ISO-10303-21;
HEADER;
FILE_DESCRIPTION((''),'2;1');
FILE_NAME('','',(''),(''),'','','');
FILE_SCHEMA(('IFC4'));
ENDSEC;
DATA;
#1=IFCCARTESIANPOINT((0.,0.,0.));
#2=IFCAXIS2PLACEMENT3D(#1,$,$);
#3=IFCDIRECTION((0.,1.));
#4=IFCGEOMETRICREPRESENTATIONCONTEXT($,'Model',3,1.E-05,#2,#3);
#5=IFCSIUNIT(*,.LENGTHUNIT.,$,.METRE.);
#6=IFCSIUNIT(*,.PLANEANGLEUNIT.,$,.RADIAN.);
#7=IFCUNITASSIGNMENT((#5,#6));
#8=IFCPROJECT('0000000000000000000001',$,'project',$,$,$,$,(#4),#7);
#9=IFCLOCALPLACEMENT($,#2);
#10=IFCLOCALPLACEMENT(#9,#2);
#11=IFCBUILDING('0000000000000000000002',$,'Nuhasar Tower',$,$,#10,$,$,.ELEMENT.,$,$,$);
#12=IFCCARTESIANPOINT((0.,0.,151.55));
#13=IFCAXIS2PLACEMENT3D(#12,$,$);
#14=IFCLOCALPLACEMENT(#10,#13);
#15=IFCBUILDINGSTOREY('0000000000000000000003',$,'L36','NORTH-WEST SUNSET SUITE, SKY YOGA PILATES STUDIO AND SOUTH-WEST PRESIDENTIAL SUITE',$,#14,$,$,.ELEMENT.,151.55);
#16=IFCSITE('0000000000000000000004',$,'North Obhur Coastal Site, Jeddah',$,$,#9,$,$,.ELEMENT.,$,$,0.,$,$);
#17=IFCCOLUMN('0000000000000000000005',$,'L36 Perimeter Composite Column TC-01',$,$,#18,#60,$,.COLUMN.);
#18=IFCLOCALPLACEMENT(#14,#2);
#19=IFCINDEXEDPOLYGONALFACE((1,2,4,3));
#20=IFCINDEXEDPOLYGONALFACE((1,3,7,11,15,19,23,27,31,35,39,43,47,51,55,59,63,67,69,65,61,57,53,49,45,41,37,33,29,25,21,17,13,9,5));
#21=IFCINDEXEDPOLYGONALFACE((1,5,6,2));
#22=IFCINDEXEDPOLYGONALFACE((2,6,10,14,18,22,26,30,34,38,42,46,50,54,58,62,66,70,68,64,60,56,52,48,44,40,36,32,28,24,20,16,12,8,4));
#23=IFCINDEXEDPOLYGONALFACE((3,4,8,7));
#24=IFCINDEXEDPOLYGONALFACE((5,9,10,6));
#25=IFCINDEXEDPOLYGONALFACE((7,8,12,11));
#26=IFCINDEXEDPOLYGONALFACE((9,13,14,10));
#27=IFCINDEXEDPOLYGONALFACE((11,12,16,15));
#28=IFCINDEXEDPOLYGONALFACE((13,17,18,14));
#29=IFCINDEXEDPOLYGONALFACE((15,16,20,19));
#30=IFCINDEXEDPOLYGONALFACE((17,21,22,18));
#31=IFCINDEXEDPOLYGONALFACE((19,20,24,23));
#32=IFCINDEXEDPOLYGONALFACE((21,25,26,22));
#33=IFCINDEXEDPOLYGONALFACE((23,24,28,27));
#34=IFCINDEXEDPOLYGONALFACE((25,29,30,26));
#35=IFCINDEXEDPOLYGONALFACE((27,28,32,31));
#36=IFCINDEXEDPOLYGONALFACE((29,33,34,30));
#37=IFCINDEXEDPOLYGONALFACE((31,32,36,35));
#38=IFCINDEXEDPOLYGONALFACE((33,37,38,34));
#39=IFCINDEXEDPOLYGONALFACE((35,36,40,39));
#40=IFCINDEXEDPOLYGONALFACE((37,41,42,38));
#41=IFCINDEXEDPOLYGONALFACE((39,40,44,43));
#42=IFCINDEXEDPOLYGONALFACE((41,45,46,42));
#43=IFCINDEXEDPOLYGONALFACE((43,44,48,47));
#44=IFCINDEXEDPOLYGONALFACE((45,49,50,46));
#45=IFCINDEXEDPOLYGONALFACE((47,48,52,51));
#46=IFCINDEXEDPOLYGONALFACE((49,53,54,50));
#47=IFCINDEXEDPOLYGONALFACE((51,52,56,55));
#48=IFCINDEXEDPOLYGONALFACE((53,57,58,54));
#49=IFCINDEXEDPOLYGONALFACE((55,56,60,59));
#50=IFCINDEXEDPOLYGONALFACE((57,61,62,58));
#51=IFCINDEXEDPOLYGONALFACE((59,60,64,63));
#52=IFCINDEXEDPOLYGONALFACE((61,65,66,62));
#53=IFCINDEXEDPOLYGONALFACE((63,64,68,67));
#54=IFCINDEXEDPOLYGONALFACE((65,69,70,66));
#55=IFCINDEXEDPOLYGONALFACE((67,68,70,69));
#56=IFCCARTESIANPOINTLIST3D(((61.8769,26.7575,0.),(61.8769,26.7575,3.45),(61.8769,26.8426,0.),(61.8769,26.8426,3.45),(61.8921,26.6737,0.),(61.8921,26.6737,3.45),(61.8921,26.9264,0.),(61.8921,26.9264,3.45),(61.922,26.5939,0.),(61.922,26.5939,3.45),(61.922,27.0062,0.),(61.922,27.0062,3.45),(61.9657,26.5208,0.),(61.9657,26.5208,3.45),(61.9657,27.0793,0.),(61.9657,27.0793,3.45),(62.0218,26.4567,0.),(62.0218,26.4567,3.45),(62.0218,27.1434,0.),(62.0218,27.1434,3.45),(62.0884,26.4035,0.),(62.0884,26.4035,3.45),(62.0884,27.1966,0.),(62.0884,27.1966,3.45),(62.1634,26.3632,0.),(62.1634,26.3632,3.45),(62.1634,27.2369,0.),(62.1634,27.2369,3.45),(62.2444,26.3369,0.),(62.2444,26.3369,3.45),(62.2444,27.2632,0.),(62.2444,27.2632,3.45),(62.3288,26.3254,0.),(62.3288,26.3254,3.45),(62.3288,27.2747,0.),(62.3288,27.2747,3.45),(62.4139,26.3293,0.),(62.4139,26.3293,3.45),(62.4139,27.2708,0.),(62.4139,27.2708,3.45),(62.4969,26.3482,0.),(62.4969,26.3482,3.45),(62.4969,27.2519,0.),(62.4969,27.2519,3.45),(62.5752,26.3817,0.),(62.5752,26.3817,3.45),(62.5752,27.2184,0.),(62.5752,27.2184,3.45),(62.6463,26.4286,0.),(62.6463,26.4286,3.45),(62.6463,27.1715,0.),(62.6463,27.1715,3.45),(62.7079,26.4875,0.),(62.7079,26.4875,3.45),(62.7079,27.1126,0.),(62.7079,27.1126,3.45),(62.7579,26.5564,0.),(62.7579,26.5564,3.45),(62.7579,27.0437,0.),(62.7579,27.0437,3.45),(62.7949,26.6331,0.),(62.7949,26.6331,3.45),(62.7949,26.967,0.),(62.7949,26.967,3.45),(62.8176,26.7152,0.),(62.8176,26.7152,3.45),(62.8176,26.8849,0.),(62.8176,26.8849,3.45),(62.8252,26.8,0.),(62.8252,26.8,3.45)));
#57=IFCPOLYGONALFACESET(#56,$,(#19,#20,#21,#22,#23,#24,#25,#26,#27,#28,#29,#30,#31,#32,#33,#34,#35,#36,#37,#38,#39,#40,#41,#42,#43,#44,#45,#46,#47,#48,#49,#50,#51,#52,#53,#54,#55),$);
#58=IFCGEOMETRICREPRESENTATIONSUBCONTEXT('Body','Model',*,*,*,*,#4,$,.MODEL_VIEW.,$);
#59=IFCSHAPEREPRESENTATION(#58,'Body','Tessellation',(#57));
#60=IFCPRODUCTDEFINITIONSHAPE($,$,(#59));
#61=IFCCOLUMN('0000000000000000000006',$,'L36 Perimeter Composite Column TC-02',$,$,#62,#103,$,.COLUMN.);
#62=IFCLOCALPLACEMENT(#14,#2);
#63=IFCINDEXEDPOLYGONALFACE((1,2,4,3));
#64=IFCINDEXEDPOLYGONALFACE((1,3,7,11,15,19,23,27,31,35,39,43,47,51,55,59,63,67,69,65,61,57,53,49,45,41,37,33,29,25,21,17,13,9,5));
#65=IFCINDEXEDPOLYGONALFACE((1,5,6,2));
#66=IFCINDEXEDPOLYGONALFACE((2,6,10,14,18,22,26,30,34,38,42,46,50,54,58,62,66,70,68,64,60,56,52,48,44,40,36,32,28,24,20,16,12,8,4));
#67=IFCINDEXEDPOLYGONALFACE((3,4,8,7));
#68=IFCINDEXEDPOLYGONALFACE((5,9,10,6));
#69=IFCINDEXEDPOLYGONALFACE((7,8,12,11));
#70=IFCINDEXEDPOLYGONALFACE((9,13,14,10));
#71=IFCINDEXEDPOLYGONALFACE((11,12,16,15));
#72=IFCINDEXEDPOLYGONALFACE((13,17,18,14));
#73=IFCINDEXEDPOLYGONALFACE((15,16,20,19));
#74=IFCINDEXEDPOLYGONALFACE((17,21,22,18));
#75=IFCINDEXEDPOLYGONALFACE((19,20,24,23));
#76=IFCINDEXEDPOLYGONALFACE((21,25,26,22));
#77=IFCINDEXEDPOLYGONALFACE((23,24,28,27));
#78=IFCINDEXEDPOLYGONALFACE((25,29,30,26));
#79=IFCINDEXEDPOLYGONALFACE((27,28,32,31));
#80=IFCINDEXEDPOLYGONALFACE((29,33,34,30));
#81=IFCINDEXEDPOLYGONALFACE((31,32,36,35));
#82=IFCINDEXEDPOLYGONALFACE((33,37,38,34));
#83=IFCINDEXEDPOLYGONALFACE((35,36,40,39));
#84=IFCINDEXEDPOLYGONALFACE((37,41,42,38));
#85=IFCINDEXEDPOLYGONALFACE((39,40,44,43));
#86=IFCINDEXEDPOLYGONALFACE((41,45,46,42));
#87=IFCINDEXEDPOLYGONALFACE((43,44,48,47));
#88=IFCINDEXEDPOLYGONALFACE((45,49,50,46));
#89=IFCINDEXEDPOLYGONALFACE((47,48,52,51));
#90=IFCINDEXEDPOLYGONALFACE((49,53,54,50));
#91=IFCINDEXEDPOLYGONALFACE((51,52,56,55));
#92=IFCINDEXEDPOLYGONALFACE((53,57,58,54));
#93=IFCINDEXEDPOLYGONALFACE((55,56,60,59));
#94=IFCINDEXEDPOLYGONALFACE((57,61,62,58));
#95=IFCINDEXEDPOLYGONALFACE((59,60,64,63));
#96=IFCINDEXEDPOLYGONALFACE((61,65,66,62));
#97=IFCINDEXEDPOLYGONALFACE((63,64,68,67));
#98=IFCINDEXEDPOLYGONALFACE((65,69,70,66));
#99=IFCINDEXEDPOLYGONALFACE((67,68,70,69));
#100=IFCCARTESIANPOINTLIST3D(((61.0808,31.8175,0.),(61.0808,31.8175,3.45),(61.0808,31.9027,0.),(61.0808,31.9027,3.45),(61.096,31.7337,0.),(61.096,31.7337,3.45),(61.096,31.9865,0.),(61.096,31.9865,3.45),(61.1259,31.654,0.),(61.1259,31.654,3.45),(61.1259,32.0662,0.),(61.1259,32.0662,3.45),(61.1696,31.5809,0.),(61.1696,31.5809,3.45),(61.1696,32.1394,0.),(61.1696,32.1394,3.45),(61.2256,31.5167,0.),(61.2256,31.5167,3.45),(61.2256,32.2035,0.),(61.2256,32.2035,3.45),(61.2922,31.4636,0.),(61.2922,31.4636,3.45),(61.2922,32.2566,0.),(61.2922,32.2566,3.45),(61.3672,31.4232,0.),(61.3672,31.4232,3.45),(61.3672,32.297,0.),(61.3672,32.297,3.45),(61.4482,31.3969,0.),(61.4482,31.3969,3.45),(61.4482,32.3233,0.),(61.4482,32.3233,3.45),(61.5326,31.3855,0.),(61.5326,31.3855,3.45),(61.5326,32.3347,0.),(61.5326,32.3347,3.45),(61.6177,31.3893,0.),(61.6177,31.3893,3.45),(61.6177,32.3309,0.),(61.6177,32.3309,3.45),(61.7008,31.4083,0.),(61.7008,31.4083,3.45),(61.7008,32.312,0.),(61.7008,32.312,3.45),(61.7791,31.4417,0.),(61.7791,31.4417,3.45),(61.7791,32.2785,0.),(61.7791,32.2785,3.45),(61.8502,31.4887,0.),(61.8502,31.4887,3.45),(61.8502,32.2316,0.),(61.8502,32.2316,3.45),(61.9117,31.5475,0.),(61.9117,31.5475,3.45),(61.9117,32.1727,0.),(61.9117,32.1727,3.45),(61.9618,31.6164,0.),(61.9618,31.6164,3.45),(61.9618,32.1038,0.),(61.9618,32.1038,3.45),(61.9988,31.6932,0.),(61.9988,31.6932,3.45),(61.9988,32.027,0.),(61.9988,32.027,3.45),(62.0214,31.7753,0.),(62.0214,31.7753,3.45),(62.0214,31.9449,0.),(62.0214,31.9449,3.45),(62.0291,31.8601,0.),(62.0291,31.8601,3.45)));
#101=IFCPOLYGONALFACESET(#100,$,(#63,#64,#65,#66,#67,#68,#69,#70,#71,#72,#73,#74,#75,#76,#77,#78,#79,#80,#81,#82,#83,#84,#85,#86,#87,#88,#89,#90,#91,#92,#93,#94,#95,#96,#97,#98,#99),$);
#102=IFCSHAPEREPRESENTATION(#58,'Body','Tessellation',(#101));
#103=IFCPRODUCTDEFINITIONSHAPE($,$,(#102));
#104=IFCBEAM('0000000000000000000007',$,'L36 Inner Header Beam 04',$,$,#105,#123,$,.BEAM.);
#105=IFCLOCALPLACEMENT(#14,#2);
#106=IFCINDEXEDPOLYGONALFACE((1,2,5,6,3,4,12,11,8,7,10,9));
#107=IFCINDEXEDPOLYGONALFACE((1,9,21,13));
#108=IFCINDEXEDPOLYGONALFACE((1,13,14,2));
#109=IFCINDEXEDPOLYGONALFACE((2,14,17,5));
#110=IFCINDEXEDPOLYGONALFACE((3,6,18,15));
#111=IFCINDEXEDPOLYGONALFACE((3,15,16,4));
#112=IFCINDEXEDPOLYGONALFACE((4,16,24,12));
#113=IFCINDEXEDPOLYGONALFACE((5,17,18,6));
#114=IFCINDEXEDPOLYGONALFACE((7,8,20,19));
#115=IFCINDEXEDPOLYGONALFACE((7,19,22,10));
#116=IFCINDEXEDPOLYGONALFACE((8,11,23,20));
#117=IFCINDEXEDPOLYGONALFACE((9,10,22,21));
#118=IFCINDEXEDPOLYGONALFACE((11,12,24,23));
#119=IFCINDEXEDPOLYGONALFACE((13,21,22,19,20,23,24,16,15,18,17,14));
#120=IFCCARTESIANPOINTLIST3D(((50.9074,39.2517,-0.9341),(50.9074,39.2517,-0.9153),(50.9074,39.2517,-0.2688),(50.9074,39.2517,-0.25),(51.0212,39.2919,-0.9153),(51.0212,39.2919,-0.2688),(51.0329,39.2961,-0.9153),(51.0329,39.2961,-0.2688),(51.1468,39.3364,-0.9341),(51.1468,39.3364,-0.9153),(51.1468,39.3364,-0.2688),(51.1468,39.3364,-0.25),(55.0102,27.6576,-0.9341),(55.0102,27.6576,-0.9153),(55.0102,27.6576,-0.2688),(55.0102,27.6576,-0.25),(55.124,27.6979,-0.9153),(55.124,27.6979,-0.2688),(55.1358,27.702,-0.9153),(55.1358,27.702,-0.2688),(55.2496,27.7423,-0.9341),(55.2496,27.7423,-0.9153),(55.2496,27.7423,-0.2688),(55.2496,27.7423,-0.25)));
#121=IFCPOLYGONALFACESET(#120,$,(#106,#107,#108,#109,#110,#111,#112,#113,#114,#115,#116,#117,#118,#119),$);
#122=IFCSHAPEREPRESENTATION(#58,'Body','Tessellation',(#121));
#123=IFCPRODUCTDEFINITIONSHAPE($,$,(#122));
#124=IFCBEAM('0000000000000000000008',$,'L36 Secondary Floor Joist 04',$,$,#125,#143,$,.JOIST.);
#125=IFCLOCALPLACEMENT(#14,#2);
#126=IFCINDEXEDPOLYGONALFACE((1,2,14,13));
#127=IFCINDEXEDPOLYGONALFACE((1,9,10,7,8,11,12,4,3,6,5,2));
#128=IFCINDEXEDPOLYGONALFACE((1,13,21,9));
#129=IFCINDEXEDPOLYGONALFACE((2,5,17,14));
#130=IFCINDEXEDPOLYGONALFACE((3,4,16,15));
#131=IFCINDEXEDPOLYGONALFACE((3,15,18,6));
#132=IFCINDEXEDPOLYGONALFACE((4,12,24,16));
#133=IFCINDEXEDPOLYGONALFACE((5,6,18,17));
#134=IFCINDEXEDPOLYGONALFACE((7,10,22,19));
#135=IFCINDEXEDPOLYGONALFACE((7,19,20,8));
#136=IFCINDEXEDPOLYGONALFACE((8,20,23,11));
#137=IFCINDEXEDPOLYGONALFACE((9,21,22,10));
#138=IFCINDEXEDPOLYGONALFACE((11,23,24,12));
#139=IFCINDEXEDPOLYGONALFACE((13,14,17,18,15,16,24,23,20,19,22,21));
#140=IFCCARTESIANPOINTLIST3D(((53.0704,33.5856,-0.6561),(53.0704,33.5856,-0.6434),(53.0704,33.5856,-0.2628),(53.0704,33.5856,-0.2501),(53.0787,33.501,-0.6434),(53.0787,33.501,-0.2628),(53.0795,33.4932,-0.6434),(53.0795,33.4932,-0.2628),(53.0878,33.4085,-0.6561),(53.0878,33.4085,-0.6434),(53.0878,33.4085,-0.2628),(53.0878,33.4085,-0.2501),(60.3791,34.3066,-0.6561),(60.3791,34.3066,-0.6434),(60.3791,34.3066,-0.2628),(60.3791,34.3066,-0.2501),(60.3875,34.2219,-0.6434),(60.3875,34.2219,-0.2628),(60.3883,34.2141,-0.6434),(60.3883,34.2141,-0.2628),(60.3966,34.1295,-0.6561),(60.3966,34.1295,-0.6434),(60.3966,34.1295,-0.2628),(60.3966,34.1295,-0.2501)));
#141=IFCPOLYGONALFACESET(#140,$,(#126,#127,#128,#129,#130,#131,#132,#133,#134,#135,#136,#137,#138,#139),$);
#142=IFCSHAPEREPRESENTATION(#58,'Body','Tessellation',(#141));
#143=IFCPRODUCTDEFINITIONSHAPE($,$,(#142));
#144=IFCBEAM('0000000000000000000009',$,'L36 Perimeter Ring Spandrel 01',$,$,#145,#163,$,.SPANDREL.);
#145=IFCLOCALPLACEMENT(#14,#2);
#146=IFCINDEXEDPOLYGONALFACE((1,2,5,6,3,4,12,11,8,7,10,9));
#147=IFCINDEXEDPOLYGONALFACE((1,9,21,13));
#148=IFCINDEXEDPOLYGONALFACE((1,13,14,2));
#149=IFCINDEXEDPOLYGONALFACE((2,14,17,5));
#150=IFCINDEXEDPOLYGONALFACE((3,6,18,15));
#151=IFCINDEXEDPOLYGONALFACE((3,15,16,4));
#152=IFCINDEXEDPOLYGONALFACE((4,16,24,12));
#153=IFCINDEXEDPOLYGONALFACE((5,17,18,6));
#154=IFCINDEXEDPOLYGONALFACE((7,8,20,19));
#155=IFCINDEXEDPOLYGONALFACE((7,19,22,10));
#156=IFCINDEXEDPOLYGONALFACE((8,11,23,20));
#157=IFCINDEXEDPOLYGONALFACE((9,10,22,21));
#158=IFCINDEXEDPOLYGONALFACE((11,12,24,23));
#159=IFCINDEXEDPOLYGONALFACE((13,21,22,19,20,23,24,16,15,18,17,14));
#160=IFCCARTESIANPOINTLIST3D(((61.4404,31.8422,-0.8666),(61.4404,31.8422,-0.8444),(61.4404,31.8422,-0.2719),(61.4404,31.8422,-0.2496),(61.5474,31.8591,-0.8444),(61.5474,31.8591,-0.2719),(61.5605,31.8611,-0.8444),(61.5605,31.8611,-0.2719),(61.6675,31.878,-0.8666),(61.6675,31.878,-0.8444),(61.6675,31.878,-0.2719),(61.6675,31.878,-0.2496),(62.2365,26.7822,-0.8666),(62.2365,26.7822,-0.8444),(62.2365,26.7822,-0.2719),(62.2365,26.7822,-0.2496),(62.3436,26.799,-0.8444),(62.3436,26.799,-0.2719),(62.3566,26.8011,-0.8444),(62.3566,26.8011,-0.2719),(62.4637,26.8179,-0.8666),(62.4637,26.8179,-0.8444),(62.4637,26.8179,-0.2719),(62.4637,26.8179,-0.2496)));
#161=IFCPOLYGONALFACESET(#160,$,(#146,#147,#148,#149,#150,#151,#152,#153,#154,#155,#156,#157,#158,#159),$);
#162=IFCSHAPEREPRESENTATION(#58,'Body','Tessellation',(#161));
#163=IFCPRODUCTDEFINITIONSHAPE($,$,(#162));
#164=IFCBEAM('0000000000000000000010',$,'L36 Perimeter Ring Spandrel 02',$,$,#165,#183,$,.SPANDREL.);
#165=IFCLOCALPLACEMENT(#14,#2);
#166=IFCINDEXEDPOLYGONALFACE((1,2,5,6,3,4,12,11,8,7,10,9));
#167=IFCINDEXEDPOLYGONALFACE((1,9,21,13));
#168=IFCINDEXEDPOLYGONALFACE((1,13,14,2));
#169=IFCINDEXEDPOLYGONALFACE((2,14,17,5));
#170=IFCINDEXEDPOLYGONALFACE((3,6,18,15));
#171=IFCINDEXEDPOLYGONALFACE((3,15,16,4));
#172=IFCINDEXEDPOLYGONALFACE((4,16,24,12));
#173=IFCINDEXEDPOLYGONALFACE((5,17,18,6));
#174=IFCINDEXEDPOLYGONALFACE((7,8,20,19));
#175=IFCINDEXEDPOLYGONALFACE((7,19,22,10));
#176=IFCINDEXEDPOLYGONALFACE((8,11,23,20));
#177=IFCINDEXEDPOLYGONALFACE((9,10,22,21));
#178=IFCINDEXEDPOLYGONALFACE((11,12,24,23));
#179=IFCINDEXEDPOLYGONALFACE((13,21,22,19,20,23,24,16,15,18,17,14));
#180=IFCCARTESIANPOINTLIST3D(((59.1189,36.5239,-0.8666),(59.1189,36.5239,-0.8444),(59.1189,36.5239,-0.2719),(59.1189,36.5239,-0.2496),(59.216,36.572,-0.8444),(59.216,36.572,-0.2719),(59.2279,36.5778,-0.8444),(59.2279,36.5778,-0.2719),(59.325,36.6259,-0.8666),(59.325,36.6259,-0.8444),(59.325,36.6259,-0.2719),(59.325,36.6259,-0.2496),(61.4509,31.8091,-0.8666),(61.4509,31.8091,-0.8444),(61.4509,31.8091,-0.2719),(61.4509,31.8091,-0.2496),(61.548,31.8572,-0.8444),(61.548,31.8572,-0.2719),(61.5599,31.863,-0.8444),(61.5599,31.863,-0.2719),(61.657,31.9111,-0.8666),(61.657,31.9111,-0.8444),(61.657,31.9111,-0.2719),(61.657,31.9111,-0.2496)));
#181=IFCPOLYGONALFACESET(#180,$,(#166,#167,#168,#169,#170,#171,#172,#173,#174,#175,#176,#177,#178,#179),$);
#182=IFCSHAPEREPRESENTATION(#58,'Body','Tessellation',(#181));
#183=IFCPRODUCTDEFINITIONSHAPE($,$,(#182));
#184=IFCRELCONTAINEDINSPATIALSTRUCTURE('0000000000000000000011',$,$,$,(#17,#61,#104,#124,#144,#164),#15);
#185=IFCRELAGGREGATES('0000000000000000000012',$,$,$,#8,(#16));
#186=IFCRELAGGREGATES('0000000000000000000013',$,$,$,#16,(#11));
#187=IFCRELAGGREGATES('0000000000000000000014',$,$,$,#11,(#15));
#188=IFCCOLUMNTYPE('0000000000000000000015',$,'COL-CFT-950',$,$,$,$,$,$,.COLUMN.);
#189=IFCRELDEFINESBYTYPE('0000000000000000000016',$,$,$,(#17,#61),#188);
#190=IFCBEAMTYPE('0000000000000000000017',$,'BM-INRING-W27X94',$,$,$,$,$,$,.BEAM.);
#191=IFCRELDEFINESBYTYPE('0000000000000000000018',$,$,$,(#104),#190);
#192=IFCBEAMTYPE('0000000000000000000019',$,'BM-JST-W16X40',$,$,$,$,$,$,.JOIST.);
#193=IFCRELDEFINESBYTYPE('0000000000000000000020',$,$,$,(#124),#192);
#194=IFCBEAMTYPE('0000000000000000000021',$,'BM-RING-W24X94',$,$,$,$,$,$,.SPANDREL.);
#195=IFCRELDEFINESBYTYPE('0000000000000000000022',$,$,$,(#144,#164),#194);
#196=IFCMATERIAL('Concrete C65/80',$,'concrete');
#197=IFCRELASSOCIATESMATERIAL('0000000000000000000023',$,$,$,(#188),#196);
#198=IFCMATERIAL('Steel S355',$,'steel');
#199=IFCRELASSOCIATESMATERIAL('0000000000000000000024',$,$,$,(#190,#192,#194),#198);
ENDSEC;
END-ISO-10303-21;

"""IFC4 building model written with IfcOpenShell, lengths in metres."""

from ifc_helpers import new_model, si_unit, direction, frame, origin, origin_2d, place, context, subcontext, project, spatial, circle, i_section, extrude, material, material_profile, profile_set, type_object, element, save


model = new_model("IFC4")

# Units and contexts
model_context = context("Model", 3, precision=1e-05, world=origin(), true_north=direction((0.0, 1.0)))
body_context = subcontext(model_context, "Body", "Model", "MODEL_VIEW")
ifc_project = project(units=[si_unit("LENGTHUNIT", "METRE"), si_unit("PLANEANGLEUNIT", "RADIAN")], contexts=[model_context])

# Site, building, storey
site_placement = place(None, origin())
site = spatial("IfcSite", under=ifc_project, at=site_placement, Name="North Obhur Coastal Site, Jeddah", CompositionType="ELEMENT", RefElevation=0.0)
building_placement = place(site_placement, origin())
building = spatial("IfcBuilding", under=site, at=building_placement, Name="Nuhasar Tower", CompositionType="ELEMENT")
storey_placement = place(building_placement, frame((0.0, 0.0, 151.55)))
storey = spatial("IfcBuildingStorey", under=building, at=storey_placement, Name="L36", Description="NORTH-WEST SUNSET SUITE, SKY YOGA PILATES STUDIO AND SOUTH-WEST PRESIDENTIAL SUITE", CompositionType="ELEMENT", Elevation=151.55)

# Columns
ifc_material_1 = material(Name="Concrete C65/80", Category="concrete")
ifc_material_profile_1 = material_profile(ifc_material_1, circle(Radius=0.4751, at=origin_2d()), Name="CFT950")
ifc_profile_set_1 = profile_set([ifc_material_profile_1], Name="Concrete C65/80")
column_type = type_object("IfcColumnType", Name="COL-CFT-950", PredefinedType="COLUMN", material=ifc_profile_set_1)
for number, where, z_axis, x_axis, name in (
    (1, (62.3501, 26.8, 0.0), (0.0, 0.0, 1.0), (1.0, 0.0, 0.0), "L36 Perimeter Composite Column TC-01"),
    (2, (61.554, 31.8601, 0.0), (0.0, 0.0, 1.0), (1.0, 0.0, 0.0), "L36 Perimeter Composite Column TC-02"),
):
    element("IfcColumn", number, at=place(storey_placement, frame(where, z_axis=z_axis, x_axis=x_axis)), inside=storey, type_object=column_type, Name=name, PredefinedType="COLUMN", context=body_context, shape_type="SweptSolid", body=[
        extrude(circle(Radius=0.4751, at=origin_2d()), origin(), (0.0, 0.0, 1.0), 3.45),
    ])

# Beams
ifc_material_2 = material(Name="Steel S355", Category="steel")
ifc_material_profile_2 = material_profile(ifc_material_2, i_section(OverallWidth=0.2539, OverallDepth=0.6841, WebThickness=0.0125, FlangeThickness=0.0188, at=origin_2d()), Name="W27X94")
ifc_profile_set_2 = profile_set([ifc_material_profile_2], Name="Steel S355")
beam_type_1 = type_object("IfcBeamType", Name="BM-INRING-W27X94", PredefinedType="BEAM", material=ifc_profile_set_2)
beam_1_placement = place(storey_placement, frame((55.1299, 27.7, -0.592), z_axis=(-0.3336, 0.942715, 0.0), x_axis=(-0.942715, -0.3336, 0.0)))
element("IfcBeam", 3, at=beam_1_placement, inside=storey, type_object=beam_type_1, Name="L36 Inner Header Beam 04", PredefinedType="BEAM", context=body_context, shape_type="SweptSolid", body=[
    extrude(i_section(OverallWidth=0.2539, OverallDepth=0.6841, WebThickness=0.0125, FlangeThickness=0.0188, at=origin_2d()), origin(), (0.0, 0.0, 1.0), 12.2986),
])
ifc_material_profile_3 = material_profile(ifc_material_2, i_section(OverallWidth=0.178, OverallDepth=0.406, WebThickness=0.0078, FlangeThickness=0.0127, at=origin_2d()), Name="W16X40")
ifc_profile_set_3 = profile_set([ifc_material_profile_3], Name="Steel S355")
beam_type_2 = type_object("IfcBeamType", Name="BM-JST-W16X40", PredefinedType="JOIST", material=ifc_profile_set_3)
beam_2_placement = place(storey_placement, frame((53.0791, 33.4971, -0.4531), z_axis=(0.99517, 0.098164, 0.0), x_axis=(-0.098164, 0.99517, 0.0)))
element("IfcBeam", 4, at=beam_2_placement, inside=storey, type_object=beam_type_2, Name="L36 Secondary Floor Joist 04", PredefinedType="JOIST", context=body_context, shape_type="SweptSolid", body=[
    extrude(i_section(OverallWidth=0.178, OverallDepth=0.406, WebThickness=0.0078, FlangeThickness=0.0127, at=origin_2d()), origin(), (0.0, 0.0, 1.0), 7.3442),
])
ifc_material_profile_4 = material_profile(ifc_material_2, i_section(OverallWidth=0.23, OverallDepth=0.6169, WebThickness=0.0132, FlangeThickness=0.0222, at=origin_2d()), Name="W24X94")
ifc_profile_set_4 = profile_set([ifc_material_profile_4], Name="Steel S355")
beam_type_3 = type_object("IfcBeamType", Name="BM-RING-W24X94", PredefinedType="SPANDREL", material=ifc_profile_set_4)
beam_3_placement = place(storey_placement, frame((62.3501, 26.8, -0.5581), z_axis=(-0.155427, 0.987847, 0.0), x_axis=(-0.987847, -0.155427, 0.0)))
element("IfcBeam", 5, at=beam_3_placement, inside=storey, type_object=beam_type_3, Name="L36 Perimeter Ring Spandrel 01", PredefinedType="SPANDREL", context=body_context, shape_type="SweptSolid", body=[
    extrude(i_section(OverallWidth=0.23, OverallDepth=0.6169, WebThickness=0.0132, FlangeThickness=0.0222, at=origin_2d()), origin(), (0.0, 0.0, 1.0), 5.1223),
])
beam_4_placement = place(storey_placement, frame((61.554, 31.8601, -0.5581), z_axis=(-0.443348, 0.89635, 0.0), x_axis=(-0.89635, -0.443348, 0.0)))
element("IfcBeam", 6, at=beam_4_placement, inside=storey, type_object=beam_type_3, Name="L36 Perimeter Ring Spandrel 02", PredefinedType="SPANDREL", context=body_context, shape_type="SweptSolid", body=[
    extrude(i_section(OverallWidth=0.23, OverallDepth=0.6169, WebThickness=0.0132, FlangeThickness=0.0222, at=origin_2d()), origin(), (0.0, 0.0, 1.0), 5.26),
])

save(model, "model.ifc")
